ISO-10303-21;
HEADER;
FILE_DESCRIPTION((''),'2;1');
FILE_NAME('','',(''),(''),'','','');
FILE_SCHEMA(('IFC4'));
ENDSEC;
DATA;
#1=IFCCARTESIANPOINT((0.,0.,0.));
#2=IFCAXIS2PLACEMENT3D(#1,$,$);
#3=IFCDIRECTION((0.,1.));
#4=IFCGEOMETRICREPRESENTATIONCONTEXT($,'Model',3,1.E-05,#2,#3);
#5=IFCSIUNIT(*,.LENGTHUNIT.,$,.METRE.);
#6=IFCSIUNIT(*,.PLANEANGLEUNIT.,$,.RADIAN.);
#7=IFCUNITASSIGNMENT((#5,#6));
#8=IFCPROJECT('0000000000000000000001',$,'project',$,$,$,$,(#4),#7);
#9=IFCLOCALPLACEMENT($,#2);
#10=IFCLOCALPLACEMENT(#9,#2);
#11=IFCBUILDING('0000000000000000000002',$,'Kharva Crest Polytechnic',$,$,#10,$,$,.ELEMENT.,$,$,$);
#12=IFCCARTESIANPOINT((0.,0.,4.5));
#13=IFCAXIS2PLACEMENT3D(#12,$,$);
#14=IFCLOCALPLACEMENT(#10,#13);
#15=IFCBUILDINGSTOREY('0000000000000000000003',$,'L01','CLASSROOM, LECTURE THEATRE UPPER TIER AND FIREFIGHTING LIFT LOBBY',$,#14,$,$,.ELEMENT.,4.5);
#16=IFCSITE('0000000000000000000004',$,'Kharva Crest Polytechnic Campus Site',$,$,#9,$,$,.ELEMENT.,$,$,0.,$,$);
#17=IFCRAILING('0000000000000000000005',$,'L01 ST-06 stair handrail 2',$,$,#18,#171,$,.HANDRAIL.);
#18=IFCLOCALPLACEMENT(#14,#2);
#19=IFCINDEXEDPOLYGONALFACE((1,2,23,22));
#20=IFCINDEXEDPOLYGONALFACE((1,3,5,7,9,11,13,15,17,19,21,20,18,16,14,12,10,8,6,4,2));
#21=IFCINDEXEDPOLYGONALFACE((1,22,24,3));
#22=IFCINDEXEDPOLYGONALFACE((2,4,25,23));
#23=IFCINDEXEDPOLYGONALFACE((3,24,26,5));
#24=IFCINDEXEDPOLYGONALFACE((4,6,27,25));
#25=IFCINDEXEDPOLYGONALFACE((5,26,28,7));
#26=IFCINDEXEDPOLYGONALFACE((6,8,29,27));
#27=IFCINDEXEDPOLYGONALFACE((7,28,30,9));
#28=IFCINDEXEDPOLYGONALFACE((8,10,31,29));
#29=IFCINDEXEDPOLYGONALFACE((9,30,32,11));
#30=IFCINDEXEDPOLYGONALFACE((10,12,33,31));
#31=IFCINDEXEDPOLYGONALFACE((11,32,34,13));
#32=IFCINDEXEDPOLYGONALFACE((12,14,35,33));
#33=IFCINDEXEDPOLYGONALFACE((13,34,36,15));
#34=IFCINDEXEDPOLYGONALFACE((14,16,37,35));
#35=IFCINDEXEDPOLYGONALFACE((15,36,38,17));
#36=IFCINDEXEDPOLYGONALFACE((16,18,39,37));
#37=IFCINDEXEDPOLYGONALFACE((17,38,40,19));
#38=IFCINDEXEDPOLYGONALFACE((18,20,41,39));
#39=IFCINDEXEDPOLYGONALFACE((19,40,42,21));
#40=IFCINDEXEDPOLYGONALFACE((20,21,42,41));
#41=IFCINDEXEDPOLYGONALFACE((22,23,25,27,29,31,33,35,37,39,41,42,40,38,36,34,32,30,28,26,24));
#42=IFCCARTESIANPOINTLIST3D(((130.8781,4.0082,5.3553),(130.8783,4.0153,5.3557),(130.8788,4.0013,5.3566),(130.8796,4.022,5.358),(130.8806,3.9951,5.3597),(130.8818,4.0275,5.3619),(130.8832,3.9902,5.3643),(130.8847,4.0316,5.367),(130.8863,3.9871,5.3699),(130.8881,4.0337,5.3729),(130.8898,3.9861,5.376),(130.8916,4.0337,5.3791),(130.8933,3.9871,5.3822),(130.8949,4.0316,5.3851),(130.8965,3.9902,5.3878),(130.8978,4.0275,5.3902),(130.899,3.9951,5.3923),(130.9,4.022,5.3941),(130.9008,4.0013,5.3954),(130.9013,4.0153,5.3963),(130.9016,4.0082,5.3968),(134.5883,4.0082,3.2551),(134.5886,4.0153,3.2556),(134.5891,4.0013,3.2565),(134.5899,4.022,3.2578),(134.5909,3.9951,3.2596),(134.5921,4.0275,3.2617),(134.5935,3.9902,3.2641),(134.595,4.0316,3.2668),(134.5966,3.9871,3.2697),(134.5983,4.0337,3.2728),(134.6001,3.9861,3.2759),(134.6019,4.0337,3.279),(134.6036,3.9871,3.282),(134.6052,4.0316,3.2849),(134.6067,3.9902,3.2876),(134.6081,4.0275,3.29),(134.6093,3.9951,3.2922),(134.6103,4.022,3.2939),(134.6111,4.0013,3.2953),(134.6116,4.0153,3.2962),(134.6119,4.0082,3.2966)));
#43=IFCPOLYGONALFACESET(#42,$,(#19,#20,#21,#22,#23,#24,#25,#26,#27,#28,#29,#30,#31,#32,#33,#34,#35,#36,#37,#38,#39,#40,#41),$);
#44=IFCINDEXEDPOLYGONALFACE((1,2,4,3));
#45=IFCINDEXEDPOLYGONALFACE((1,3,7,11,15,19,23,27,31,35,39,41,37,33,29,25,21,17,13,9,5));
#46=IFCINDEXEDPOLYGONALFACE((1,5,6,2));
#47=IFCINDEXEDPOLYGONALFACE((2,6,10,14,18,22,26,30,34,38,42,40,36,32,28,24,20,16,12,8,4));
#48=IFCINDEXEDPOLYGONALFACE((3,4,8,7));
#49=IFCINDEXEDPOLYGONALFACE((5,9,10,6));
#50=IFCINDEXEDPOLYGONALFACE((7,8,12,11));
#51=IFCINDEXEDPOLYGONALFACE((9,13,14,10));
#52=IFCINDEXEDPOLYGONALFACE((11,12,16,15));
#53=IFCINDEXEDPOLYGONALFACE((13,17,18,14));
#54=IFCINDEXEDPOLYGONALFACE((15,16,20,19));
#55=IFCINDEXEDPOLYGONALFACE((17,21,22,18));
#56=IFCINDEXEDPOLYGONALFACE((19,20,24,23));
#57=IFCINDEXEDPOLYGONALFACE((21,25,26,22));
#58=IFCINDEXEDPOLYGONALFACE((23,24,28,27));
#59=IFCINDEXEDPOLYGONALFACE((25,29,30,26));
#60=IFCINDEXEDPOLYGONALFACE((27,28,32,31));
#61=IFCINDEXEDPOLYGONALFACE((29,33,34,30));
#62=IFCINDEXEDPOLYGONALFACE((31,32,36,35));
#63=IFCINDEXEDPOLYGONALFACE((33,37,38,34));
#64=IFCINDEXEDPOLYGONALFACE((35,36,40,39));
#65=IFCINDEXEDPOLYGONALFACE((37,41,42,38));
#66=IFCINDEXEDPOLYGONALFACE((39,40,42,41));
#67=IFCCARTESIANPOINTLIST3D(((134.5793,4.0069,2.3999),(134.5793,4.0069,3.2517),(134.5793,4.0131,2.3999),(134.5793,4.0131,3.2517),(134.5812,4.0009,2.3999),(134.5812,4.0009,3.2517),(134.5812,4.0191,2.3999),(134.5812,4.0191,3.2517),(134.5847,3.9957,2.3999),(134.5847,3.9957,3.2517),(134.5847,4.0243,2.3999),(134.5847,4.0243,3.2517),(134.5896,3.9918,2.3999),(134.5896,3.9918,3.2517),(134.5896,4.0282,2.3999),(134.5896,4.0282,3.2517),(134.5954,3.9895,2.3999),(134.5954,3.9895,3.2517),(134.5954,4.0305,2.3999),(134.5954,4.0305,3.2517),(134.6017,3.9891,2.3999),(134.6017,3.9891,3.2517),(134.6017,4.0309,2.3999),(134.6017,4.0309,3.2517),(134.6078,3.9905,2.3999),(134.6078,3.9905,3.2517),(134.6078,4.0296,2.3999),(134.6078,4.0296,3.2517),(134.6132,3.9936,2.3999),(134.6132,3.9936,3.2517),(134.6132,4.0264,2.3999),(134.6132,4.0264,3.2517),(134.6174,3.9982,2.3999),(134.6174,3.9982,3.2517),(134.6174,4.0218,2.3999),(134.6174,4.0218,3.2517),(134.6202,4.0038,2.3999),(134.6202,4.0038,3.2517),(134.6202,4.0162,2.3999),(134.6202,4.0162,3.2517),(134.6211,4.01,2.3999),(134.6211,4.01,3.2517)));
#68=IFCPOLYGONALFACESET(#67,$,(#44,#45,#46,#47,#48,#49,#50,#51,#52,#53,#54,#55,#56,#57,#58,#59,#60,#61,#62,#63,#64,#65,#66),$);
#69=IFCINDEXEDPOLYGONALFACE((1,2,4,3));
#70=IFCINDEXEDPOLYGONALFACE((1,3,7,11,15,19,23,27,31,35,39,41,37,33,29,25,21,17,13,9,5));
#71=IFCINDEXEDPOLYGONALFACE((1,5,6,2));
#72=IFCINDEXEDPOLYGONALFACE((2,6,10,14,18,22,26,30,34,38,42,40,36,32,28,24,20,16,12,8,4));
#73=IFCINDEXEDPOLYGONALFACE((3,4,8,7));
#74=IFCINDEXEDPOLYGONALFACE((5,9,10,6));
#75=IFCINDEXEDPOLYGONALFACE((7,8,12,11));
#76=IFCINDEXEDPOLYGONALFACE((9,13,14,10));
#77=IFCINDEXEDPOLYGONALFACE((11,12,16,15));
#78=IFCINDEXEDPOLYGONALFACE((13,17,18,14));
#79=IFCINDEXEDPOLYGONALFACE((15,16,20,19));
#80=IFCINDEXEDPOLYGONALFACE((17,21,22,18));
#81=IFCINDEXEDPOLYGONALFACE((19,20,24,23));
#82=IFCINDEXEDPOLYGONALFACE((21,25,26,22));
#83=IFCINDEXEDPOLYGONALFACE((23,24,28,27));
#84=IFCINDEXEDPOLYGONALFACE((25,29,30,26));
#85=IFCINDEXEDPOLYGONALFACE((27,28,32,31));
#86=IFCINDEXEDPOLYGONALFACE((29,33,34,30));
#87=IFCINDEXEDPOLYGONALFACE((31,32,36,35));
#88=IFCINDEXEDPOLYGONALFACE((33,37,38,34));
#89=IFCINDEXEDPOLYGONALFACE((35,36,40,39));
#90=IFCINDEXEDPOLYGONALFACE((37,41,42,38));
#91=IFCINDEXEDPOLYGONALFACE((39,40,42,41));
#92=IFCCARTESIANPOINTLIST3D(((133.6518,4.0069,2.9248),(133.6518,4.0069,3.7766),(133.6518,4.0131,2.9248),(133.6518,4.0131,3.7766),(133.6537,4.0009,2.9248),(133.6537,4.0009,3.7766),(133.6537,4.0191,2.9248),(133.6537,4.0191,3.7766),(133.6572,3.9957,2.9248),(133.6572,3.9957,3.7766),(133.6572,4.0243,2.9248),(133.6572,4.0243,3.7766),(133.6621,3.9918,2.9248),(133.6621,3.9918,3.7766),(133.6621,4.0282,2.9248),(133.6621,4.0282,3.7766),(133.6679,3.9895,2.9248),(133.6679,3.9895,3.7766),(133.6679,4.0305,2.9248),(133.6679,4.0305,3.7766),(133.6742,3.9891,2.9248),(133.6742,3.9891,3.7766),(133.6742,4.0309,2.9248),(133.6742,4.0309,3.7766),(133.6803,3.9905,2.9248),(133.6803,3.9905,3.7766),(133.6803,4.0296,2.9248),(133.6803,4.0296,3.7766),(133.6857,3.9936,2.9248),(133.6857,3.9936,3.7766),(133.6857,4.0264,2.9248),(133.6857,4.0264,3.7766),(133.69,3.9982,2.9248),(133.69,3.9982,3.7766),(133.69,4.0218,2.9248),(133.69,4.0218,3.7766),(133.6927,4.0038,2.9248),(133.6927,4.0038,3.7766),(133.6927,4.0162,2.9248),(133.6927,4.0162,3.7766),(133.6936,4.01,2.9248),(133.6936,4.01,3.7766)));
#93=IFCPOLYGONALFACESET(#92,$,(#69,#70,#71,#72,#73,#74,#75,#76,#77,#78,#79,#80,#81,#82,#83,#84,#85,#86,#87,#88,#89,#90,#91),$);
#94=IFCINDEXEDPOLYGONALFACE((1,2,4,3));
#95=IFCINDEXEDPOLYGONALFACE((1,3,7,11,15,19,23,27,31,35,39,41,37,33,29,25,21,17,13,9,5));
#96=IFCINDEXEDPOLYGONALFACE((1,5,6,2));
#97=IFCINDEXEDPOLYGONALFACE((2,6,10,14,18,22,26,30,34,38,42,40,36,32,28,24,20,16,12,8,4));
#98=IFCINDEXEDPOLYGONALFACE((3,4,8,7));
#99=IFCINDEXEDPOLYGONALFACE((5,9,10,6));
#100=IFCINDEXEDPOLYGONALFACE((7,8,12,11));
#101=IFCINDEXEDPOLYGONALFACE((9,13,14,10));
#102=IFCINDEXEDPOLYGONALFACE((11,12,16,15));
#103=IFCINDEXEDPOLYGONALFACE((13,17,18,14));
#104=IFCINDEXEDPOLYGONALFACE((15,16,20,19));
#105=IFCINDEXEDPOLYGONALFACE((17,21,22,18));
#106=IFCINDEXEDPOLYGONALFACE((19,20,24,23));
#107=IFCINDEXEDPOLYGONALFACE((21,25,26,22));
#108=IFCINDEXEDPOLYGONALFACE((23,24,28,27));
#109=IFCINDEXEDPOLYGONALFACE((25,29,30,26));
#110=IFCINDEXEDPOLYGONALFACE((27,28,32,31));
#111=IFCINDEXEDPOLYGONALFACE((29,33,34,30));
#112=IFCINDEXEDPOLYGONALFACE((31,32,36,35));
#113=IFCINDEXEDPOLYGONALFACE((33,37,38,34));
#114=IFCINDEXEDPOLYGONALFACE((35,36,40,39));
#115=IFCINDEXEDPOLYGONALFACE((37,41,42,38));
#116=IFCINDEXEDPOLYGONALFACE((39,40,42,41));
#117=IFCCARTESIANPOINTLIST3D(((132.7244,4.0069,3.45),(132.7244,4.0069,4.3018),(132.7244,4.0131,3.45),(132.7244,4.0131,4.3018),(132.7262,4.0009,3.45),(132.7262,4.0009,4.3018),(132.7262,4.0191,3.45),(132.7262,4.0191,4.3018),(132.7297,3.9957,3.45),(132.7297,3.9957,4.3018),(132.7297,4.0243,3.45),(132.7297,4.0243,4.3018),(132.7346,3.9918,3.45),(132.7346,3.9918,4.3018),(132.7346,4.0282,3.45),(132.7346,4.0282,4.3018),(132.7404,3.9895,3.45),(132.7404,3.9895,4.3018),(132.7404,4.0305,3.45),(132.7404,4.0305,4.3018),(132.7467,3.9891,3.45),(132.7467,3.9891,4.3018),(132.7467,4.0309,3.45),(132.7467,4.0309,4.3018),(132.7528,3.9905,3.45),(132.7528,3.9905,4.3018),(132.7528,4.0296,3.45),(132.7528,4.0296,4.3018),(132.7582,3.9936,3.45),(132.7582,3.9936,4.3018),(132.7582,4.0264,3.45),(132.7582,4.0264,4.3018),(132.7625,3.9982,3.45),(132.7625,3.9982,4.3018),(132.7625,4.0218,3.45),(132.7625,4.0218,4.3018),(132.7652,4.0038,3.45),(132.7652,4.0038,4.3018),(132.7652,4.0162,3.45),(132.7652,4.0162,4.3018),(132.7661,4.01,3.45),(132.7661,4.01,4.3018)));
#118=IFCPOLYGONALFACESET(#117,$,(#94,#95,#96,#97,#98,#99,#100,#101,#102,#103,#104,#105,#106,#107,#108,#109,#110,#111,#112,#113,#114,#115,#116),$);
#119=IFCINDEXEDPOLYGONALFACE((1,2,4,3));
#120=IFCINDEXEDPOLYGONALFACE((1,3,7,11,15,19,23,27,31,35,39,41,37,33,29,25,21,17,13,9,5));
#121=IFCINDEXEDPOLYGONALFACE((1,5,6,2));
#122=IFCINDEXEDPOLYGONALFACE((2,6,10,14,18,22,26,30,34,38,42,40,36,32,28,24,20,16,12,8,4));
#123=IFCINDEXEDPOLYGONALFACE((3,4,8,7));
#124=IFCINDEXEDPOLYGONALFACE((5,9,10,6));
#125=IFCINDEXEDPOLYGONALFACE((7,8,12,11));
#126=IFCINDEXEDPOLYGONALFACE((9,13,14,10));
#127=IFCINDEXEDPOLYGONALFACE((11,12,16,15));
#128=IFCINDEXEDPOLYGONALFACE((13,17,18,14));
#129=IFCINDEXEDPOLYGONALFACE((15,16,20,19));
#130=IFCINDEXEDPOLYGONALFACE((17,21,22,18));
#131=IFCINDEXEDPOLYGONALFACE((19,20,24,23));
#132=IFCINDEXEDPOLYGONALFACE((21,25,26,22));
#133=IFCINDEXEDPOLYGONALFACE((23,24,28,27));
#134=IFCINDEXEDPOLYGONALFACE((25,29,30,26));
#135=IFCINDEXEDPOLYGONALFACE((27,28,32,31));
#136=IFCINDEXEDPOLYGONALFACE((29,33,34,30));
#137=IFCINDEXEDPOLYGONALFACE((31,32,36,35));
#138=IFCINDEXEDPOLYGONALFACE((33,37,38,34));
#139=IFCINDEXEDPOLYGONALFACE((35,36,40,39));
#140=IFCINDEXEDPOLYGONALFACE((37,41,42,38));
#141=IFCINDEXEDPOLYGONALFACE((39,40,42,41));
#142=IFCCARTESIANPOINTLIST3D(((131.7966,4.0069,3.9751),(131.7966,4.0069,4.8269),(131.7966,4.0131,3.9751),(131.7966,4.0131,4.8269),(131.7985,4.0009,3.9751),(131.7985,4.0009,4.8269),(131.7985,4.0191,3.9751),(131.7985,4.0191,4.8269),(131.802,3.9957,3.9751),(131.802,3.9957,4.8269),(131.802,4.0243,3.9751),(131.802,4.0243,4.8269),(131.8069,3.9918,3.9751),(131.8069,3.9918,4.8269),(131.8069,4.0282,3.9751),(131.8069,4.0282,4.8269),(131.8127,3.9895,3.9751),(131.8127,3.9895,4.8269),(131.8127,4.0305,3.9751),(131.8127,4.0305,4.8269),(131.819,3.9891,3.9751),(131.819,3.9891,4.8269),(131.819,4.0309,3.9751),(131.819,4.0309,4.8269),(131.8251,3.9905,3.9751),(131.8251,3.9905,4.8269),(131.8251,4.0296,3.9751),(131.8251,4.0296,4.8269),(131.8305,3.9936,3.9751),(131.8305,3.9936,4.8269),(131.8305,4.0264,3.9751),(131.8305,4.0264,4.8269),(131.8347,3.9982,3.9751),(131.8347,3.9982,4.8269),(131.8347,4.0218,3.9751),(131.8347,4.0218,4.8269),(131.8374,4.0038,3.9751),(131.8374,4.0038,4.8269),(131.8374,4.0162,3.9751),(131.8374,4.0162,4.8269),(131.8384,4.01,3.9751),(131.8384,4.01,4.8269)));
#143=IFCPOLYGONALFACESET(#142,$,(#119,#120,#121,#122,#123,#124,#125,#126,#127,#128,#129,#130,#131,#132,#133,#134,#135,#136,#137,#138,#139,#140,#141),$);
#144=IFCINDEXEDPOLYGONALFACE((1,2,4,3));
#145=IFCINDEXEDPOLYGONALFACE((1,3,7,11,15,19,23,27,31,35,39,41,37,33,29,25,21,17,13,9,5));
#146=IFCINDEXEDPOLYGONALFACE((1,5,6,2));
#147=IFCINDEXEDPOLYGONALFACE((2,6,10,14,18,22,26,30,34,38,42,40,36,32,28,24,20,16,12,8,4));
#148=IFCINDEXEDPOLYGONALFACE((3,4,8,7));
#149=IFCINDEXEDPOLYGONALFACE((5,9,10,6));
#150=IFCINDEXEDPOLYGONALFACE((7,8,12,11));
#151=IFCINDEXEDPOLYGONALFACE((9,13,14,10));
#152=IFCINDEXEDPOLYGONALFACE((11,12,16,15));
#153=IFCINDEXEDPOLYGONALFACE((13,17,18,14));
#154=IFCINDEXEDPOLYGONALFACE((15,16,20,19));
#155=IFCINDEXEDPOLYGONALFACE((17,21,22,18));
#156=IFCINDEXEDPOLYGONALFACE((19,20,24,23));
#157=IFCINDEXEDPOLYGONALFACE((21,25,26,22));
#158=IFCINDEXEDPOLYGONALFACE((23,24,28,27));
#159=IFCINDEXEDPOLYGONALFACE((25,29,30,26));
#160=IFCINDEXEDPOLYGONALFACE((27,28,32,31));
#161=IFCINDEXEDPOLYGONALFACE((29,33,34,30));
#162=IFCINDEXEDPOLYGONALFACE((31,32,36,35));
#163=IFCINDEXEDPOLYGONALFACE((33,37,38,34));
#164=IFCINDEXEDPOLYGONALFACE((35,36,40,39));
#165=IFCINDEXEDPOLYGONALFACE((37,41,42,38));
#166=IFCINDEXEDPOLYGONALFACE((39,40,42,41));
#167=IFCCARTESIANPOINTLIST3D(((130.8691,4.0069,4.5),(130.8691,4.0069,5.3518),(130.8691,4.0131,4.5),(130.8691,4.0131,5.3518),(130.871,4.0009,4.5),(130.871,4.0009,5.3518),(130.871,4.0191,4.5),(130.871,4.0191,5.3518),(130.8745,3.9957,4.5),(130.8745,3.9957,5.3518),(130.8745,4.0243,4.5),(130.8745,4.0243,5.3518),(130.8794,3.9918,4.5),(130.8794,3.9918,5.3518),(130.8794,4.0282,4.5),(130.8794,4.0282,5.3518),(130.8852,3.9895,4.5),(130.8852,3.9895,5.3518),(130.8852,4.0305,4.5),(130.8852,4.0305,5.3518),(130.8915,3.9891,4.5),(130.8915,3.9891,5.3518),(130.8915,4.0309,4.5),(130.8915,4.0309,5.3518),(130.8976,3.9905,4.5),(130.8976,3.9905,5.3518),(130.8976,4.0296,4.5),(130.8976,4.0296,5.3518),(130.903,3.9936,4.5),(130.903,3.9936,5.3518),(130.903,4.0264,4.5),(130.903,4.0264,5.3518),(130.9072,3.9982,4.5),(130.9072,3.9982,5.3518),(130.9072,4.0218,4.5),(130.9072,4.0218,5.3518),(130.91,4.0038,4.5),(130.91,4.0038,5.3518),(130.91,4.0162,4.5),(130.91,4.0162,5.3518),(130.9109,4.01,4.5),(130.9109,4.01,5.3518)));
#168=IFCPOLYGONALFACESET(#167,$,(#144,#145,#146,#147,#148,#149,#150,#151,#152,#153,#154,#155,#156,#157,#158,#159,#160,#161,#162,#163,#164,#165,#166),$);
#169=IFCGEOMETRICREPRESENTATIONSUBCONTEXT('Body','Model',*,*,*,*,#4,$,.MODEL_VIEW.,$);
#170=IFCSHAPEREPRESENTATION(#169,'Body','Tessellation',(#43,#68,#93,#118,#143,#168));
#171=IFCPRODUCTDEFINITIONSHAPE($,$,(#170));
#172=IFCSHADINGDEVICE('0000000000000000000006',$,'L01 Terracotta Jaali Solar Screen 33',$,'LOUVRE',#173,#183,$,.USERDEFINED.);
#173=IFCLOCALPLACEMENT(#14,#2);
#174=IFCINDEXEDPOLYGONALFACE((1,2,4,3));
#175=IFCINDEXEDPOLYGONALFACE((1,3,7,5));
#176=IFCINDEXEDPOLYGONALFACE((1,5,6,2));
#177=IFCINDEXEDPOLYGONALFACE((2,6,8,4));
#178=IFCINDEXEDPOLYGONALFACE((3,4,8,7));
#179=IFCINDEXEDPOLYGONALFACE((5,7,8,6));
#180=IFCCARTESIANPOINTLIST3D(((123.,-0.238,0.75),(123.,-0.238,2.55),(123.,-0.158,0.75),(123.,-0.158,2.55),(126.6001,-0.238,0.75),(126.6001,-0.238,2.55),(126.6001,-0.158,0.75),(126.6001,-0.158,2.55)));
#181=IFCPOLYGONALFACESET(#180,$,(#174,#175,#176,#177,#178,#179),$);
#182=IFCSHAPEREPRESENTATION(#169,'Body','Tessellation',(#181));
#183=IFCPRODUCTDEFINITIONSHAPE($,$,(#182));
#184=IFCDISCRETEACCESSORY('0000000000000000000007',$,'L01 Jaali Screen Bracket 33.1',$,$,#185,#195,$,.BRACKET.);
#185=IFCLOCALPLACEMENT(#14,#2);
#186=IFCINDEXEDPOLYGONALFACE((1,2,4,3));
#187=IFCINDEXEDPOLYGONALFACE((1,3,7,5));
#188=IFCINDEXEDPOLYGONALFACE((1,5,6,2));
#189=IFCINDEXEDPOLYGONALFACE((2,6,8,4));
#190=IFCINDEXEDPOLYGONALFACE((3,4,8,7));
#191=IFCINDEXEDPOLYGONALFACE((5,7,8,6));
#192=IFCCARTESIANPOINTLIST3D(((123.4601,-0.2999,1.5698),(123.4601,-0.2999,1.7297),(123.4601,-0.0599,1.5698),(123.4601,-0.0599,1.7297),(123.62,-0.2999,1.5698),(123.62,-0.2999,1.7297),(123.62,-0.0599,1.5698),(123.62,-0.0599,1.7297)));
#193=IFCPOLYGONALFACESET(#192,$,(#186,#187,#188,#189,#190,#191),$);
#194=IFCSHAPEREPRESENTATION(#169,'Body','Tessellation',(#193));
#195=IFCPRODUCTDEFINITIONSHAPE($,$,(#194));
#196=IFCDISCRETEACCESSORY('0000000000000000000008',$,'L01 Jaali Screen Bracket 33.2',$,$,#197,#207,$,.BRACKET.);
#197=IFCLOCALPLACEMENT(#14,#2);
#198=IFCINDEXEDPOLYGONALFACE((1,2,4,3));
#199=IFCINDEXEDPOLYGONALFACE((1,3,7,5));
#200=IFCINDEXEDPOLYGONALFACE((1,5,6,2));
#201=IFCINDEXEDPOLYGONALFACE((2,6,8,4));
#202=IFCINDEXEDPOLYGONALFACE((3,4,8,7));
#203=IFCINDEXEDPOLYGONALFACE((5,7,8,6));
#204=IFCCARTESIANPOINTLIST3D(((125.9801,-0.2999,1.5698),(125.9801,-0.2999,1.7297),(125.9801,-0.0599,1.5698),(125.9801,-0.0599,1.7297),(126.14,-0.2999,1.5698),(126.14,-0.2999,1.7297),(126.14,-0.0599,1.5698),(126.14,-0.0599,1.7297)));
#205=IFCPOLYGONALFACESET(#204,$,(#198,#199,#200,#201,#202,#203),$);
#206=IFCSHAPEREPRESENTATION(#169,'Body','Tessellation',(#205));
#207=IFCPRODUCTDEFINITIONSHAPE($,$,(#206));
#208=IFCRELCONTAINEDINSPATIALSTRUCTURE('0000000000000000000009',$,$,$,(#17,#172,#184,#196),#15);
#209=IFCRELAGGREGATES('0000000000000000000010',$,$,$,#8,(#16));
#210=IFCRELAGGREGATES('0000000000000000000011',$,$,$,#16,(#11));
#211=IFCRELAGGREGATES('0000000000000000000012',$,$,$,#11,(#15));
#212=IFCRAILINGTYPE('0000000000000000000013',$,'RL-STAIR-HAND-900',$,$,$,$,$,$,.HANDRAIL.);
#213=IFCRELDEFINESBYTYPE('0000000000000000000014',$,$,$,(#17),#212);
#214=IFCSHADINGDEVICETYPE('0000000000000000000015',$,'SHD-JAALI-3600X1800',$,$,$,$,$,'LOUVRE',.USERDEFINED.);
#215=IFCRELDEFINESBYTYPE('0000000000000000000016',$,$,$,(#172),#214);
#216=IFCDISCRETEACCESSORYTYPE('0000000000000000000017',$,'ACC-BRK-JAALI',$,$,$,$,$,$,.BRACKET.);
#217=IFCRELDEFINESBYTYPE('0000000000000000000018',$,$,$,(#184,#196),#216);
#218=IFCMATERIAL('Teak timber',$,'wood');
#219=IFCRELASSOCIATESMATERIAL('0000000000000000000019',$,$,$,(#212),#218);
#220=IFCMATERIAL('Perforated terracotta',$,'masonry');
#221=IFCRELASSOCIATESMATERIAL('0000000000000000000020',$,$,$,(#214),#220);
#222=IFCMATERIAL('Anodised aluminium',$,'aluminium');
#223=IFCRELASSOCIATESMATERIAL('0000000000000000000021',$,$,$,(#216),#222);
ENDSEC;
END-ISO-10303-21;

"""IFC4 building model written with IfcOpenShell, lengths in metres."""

from ifc_helpers import new_model, si_unit, direction, frame, origin, origin_2d, place, context, subcontext, project, spatial, rectangle, circle, extrude, material, type_object, element, save


model = new_model("IFC4")

# Units and contexts
model_context = context("Model", 3, precision=1e-05, world=origin(), true_north=direction((0.0, 1.0)))
body_context = subcontext(model_context, "Body", "Model", "MODEL_VIEW")
ifc_project = project(units=[si_unit("LENGTHUNIT", "METRE"), si_unit("PLANEANGLEUNIT", "RADIAN")], contexts=[model_context])

# Site, building, storey
site_placement = place(None, origin())
site = spatial("IfcSite", under=ifc_project, at=site_placement, Name="Kharva Crest Polytechnic Campus Site", CompositionType="ELEMENT", RefElevation=0.0)
building_placement = place(site_placement, origin())
building = spatial("IfcBuilding", under=site, at=building_placement, Name="Kharva Crest Polytechnic", CompositionType="ELEMENT")
storey_placement = place(building_placement, frame((0.0, 0.0, 4.5)))
storey = spatial("IfcBuildingStorey", under=building, at=storey_placement, Name="L01", Description="CLASSROOM, LECTURE THEATRE UPPER TIER AND FIREFIGHTING LIFT LOBBY", CompositionType="ELEMENT", Elevation=4.5)

# Shared definitions
ifc_material_1 = material(Name="Teak timber", Category="wood")

# Railing
ifc_material_2 = material(Name="Anodised aluminium", Category="aluminium")
railing_type_1 = type_object("IfcRailingType", Name="RL-STAIR-HAND-900", PredefinedType="HANDRAIL", material=ifc_material_1)
railing_1_placement = place(storey_placement, frame((134.6001, 4.01, 2.3999)))
element("IfcRailing", 1, at=railing_1_placement, inside=storey, type_object=railing_type_1, Name="L01 ST-06 stair handrail 2", PredefinedType="HANDRAIL", context=body_context, shape_type="SweptSolid", body=[
    extrude(circle(Radius=0.0239, at=origin_2d()), frame((0.0, 0.0, 0.876), z_axis=(-0.870259, 0.0, 0.492595), x_axis=(0.0, -1.0, 0.0)), (0.0, 0.0, 1.0), 4.2634),
    extrude(circle(Radius=0.021, at=origin_2d()), origin(), (0.0, 0.0, 1.0), 0.8518),
    extrude(circle(Radius=0.021, at=origin_2d()), frame((-0.9275, 0.0, 0.5249)), (0.0, 0.0, 1.0), 0.8518),
    extrude(circle(Radius=0.021, at=origin_2d()), frame((-1.855, 0.0, 1.05)), (0.0, 0.0, 1.0), 0.8518),
    extrude(circle(Radius=0.021, at=origin_2d()), frame((-2.7827, 0.0, 1.5752)), (0.0, 0.0, 1.0), 0.8518),
    extrude(circle(Radius=0.021, at=origin_2d()), frame((-3.7102, 0.0, 2.1001)), (0.0, 0.0, 1.0), 0.8518),
])

# Shading device
ifc_material_3 = material(Name="Perforated terracotta", Category="masonry")
shading_device_type = type_object("IfcShadingDeviceType", Name="SHD-JAALI-3600X1800", ElementType="LOUVRE", PredefinedType="USERDEFINED", material=ifc_material_3)
shading_device_placement = place(storey_placement, frame((124.8, -0.198, 0.75), z_axis=(0.0, 0.0, 1.0), x_axis=(1.0, 0.0, 0.0)))
element("IfcShadingDevice", 2, at=shading_device_placement, inside=storey, type_object=shading_device_type, Name="L01 Terracotta Jaali Solar Screen 33", ObjectType="LOUVRE", PredefinedType="USERDEFINED", context=body_context, shape_type="SweptSolid", body=[
    extrude(rectangle(XDim=3.6001, YDim=0.0801, at=origin_2d()), origin(), (0.0, 0.0, 1.0), 1.8),
])

# Discrete accessories
discrete_accessory_type = type_object("IfcDiscreteAccessoryType", Name="ACC-BRK-JAALI", PredefinedType="BRACKET", material=ifc_material_2)
for number, where, z_axis, x_axis, name in (
    (3, (123.54, -0.1799, 1.5698), (0.0, 0.0, 1.0), (1.0, 0.0, 0.0), "L01 Jaali Screen Bracket 33.1"),
    (4, (126.0601, -0.1799, 1.5698), (0.0, 0.0, 1.0), (1.0, 0.0, 0.0), "L01 Jaali Screen Bracket 33.2"),
):
    element("IfcDiscreteAccessory", number, at=place(storey_placement, frame(where, z_axis=z_axis, x_axis=x_axis)), inside=storey, type_object=discrete_accessory_type, Name=name, PredefinedType="BRACKET", context=body_context, shape_type="SweptSolid", body=[
        extrude(rectangle(XDim=0.1599, YDim=0.24, at=origin_2d()), origin(), (0.0, 0.0, 1.0), 0.1599),
    ])

save(model, "model.ifc")
